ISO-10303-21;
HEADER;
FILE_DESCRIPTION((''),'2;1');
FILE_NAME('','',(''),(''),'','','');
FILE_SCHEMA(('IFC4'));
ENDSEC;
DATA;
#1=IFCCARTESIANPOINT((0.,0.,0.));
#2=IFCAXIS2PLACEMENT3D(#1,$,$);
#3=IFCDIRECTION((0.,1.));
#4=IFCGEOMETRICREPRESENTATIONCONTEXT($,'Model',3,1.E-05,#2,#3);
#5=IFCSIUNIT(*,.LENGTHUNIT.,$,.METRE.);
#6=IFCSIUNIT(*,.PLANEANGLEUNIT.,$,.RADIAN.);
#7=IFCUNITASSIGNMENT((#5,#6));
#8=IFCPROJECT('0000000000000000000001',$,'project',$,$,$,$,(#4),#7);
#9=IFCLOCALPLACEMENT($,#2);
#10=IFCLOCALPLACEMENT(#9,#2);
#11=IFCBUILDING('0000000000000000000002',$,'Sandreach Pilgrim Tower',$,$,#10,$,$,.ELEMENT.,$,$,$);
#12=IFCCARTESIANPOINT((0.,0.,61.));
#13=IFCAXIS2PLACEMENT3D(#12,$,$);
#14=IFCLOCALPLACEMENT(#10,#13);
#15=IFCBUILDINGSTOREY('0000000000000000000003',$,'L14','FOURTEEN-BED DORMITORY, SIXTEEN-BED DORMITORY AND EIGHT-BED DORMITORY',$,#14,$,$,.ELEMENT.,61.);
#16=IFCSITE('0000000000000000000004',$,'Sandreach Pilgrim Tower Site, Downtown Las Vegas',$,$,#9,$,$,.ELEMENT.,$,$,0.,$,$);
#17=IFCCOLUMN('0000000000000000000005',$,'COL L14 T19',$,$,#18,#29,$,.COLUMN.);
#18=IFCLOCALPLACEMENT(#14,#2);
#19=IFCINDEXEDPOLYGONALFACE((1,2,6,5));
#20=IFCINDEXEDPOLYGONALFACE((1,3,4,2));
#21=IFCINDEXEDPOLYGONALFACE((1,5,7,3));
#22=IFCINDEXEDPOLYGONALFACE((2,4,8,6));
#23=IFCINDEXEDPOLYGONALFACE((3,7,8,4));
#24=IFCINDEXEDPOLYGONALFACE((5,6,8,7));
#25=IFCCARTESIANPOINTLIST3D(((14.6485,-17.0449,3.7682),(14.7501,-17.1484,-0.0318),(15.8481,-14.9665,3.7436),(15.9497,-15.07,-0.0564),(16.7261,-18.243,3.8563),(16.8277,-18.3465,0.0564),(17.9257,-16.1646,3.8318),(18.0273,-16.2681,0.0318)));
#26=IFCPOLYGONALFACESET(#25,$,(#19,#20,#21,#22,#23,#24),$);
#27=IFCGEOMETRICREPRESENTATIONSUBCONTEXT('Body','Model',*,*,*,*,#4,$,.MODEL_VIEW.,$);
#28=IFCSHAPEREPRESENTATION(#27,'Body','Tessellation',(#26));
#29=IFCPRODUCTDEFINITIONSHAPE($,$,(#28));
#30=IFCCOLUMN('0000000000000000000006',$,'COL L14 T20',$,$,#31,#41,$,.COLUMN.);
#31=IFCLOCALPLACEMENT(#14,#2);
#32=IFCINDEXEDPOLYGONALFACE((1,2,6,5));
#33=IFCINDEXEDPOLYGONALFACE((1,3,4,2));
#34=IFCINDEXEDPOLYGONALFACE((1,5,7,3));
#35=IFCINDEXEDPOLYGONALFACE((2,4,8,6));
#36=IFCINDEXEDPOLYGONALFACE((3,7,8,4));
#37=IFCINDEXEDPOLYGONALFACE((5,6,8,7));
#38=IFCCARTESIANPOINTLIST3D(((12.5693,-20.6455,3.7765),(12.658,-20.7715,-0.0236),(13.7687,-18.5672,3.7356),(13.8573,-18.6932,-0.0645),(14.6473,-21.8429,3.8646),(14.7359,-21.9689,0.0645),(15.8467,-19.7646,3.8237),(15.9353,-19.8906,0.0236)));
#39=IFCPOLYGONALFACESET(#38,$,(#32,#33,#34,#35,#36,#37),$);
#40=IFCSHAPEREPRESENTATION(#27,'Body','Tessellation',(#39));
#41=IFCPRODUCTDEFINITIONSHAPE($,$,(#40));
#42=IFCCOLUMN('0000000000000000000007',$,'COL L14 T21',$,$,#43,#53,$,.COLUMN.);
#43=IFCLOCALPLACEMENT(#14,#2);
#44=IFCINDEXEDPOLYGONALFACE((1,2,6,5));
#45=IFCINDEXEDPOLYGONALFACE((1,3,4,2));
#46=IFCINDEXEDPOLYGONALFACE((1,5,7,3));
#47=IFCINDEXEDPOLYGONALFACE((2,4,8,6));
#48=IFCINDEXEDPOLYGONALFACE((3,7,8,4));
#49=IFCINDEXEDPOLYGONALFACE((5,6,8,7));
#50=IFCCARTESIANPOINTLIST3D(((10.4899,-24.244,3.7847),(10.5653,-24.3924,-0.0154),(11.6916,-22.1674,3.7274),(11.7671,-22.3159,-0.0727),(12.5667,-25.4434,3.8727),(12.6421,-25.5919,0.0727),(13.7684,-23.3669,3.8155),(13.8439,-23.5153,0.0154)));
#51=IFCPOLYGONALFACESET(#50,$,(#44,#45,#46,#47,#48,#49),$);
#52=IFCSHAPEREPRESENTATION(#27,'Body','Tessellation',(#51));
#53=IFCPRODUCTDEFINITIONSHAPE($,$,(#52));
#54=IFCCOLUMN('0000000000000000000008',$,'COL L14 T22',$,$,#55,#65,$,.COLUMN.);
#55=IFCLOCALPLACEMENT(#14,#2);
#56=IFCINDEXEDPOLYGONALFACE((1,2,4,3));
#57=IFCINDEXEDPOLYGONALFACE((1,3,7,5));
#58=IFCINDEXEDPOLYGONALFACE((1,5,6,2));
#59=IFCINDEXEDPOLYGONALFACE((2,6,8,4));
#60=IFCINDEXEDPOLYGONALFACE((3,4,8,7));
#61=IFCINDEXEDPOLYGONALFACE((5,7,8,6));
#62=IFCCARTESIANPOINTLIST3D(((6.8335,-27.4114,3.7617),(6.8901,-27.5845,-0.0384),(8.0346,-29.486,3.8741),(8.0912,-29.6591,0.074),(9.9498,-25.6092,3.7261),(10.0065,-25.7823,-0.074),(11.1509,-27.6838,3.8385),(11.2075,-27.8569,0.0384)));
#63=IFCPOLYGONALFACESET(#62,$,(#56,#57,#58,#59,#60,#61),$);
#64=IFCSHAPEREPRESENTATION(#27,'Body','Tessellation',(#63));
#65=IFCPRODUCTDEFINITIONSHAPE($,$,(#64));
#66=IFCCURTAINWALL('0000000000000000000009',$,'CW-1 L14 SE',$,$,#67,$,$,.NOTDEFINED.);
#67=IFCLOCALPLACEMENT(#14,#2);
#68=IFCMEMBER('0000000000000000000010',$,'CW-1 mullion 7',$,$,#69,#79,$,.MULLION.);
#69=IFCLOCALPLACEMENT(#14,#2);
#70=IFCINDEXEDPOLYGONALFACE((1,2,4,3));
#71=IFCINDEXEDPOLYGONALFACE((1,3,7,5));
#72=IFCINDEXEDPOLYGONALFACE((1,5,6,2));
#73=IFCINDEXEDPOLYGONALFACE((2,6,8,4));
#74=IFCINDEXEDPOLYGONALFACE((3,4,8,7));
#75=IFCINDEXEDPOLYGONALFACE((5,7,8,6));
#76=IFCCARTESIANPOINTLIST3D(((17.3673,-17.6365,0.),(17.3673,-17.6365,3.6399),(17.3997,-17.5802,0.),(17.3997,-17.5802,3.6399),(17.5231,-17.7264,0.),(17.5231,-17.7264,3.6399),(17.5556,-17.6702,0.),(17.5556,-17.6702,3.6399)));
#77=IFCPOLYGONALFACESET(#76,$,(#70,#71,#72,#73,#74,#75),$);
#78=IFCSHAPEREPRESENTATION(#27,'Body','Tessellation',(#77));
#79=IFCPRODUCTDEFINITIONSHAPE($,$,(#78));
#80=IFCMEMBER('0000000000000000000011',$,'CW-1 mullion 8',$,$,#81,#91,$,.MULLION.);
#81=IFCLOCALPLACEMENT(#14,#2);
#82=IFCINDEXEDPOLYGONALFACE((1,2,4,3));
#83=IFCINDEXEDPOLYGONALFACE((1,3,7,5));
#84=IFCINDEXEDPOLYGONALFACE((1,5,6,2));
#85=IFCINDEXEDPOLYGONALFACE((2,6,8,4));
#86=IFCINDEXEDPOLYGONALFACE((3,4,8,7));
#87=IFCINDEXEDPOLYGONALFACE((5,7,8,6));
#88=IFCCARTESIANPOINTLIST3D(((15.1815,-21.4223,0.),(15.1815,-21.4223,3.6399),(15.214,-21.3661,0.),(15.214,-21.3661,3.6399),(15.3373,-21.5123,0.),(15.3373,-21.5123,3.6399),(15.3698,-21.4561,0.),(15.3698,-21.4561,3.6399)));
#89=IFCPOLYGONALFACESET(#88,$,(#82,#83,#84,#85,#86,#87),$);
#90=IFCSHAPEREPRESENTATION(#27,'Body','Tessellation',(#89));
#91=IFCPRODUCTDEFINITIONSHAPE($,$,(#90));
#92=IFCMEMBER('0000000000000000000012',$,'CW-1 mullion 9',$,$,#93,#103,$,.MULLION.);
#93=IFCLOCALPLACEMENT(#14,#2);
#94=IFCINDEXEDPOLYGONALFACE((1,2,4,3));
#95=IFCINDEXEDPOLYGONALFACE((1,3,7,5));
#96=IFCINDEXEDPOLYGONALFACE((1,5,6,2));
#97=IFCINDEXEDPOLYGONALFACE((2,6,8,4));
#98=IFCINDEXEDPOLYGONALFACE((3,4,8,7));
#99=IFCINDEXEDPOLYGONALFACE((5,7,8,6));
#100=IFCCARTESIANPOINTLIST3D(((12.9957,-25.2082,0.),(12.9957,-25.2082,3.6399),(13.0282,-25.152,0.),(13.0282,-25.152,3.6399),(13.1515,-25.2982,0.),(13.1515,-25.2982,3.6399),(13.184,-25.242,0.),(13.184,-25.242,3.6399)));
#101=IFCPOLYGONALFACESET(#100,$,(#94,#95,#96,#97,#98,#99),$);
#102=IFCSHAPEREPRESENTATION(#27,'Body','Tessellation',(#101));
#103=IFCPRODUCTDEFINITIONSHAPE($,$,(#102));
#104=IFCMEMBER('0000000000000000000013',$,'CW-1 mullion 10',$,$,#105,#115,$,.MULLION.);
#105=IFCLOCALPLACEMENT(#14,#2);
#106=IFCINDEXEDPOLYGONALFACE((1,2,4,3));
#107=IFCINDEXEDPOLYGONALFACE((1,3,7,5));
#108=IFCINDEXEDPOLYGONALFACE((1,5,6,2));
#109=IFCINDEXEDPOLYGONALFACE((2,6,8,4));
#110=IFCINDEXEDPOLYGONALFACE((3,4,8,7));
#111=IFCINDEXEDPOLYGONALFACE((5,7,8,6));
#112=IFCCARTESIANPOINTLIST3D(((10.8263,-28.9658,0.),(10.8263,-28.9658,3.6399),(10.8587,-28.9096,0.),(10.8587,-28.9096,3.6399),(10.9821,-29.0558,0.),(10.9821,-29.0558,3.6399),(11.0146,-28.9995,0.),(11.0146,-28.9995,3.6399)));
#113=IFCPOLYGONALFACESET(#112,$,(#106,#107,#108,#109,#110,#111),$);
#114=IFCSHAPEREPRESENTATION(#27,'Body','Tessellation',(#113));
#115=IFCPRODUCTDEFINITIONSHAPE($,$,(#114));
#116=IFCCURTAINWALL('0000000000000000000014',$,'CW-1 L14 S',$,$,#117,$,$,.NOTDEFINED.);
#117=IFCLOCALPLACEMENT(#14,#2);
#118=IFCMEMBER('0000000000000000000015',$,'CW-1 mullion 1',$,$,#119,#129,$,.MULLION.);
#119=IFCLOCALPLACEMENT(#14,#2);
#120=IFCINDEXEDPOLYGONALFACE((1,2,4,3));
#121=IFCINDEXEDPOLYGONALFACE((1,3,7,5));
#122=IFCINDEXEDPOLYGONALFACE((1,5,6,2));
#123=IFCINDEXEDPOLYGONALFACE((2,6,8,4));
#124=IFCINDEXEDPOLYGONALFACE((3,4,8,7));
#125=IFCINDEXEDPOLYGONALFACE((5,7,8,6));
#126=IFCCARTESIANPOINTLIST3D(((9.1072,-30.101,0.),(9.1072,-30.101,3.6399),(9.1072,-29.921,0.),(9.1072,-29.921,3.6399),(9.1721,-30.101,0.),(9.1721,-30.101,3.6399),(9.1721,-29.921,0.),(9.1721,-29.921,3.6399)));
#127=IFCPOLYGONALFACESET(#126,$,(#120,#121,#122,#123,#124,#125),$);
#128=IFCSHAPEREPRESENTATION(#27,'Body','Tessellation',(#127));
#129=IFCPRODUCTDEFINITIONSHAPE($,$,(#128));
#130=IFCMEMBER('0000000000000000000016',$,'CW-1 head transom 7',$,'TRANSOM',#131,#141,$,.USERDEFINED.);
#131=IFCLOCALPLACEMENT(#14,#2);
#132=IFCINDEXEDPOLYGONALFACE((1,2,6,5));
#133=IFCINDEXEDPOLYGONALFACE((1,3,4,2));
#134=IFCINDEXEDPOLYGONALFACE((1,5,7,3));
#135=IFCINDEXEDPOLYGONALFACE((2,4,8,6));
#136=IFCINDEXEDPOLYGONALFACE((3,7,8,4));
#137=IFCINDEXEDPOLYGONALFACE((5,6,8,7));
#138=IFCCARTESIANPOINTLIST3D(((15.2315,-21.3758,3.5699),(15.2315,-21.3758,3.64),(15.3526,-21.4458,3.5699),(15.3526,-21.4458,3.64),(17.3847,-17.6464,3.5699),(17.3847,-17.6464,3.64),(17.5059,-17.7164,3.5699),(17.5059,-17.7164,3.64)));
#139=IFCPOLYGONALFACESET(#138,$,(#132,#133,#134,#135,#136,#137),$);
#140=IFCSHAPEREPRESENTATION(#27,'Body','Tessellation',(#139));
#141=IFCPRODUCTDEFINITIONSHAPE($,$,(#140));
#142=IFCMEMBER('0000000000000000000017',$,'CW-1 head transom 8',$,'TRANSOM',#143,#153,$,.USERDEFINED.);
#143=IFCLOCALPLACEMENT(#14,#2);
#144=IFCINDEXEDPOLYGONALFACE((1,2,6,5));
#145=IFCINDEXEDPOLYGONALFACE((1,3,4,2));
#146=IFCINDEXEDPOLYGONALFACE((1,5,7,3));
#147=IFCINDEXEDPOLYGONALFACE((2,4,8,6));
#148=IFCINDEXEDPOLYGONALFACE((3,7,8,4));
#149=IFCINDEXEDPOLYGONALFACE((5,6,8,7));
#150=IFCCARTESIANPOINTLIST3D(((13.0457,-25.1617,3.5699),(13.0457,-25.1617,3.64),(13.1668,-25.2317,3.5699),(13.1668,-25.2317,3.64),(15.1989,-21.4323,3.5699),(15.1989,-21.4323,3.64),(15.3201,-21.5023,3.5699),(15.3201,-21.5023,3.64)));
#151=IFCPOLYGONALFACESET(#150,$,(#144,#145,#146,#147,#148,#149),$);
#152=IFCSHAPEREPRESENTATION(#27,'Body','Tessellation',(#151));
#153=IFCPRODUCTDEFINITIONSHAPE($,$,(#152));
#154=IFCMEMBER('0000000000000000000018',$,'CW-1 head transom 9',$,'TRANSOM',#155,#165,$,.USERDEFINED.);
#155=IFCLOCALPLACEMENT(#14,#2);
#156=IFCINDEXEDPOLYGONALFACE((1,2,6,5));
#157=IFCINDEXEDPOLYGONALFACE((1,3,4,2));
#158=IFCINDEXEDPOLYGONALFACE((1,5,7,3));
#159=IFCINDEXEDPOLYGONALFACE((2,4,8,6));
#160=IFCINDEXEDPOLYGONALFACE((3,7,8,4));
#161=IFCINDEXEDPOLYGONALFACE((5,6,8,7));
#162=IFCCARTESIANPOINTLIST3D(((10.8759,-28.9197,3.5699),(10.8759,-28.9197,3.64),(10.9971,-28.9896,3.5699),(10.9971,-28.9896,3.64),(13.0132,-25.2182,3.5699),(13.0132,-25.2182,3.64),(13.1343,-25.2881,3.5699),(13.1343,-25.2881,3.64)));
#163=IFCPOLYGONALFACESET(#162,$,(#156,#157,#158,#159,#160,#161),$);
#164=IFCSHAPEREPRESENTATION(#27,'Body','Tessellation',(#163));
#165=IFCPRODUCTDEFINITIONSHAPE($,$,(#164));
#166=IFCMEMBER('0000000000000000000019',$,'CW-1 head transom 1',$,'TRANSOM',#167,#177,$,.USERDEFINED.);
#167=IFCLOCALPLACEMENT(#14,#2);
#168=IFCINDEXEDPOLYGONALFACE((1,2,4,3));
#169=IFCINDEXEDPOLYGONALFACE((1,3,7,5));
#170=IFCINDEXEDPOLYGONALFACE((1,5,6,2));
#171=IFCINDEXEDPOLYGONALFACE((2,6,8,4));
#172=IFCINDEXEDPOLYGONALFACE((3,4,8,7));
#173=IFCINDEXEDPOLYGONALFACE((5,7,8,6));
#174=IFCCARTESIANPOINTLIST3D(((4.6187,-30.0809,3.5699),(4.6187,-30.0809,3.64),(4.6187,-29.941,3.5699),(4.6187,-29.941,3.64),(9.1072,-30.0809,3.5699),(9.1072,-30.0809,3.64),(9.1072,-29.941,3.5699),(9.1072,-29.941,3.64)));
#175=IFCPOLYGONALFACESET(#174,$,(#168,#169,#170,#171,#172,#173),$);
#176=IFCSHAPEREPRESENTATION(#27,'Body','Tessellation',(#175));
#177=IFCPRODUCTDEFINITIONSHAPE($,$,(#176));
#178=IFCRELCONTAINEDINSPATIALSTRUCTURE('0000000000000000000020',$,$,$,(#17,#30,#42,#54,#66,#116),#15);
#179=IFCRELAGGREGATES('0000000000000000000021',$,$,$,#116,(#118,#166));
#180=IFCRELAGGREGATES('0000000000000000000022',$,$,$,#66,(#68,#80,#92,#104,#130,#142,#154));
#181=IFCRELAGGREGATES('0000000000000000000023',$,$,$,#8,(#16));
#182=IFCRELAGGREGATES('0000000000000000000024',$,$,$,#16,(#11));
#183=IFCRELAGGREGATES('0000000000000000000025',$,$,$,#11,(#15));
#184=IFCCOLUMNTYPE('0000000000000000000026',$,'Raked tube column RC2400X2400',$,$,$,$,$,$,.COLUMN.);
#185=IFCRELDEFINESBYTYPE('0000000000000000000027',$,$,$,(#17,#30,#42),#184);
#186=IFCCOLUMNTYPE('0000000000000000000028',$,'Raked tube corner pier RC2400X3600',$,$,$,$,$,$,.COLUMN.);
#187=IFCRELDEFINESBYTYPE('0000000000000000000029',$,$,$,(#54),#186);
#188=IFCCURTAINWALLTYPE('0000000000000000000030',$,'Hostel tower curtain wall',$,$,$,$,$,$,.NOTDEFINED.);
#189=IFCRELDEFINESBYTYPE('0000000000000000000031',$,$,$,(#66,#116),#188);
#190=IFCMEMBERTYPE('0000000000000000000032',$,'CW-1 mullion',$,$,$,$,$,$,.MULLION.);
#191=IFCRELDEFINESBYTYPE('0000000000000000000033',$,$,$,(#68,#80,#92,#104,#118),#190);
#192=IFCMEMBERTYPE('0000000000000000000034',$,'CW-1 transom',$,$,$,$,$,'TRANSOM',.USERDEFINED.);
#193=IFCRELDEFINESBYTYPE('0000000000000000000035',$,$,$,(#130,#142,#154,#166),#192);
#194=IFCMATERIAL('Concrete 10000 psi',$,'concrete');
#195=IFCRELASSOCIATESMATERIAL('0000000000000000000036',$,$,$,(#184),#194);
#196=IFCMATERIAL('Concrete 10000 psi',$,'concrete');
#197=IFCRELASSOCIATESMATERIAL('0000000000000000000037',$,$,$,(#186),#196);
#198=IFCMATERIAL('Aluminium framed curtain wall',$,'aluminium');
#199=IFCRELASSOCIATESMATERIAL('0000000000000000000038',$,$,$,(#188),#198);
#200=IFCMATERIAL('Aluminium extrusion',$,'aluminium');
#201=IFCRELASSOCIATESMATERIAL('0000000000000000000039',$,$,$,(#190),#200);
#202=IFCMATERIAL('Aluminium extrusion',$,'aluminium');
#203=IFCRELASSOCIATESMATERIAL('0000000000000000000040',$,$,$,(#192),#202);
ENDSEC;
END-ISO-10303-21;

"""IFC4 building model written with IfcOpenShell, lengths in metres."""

from ifc_helpers import new_model, si_unit, direction, frame, origin, origin_2d, place, context, subcontext, project, spatial, rectangle, extrude, material, material_profile, profile_set, type_object, element, aggregate, save


model = new_model("IFC4")

# Units and contexts
model_context = context("Model", 3, precision=1e-05, world=origin(), true_north=direction((0.0, 1.0)))
body_context = subcontext(model_context, "Body", "Model", "MODEL_VIEW")
ifc_project = project(units=[si_unit("LENGTHUNIT", "METRE"), si_unit("PLANEANGLEUNIT", "RADIAN")], contexts=[model_context])

# Site, building, storey
site_placement = place(None, origin())
site = spatial("IfcSite", under=ifc_project, at=site_placement, Name="Sandreach Pilgrim Tower Site, Downtown Las Vegas", CompositionType="ELEMENT", RefElevation=0.0)
building_placement = place(site_placement, origin())
building = spatial("IfcBuilding", under=site, at=building_placement, Name="Sandreach Pilgrim Tower", CompositionType="ELEMENT")
storey_placement = place(building_placement, frame((0.0, 0.0, 61.0)))
storey = spatial("IfcBuildingStorey", under=building, at=storey_placement, Name="L14", Description="FOURTEEN-BED DORMITORY, SIXTEEN-BED DORMITORY AND EIGHT-BED DORMITORY", CompositionType="ELEMENT", Elevation=61.0)

# Columns
ifc_material_1 = material(Name="Concrete 10000 psi", Category="concrete")
ifc_material_profile_1 = material_profile(ifc_material_1, rectangle(XDim=2.3999, YDim=2.3999, at=origin_2d()), Name="RC2400X2400")
ifc_profile_set_1 = profile_set([ifc_material_profile_1], Name="Concrete 10000 psi")
column_type_1 = type_object("IfcColumnType", Name="Raked tube column RC2400X2400", PredefinedType="COLUMN", material=ifc_profile_set_1)
column_1_placement = place(storey_placement, frame((16.3887, -16.7083, 0.0), z_axis=(-0.026707, 0.027221, 0.999273), x_axis=(0.865695, -0.499221, 0.036736)))
element("IfcColumn", 1, at=column_1_placement, inside=storey, type_object=column_type_1, Name="COL L14 T19", PredefinedType="COLUMN", context=body_context, shape_type="SweptSolid", body=[
    extrude(rectangle(XDim=2.3999, YDim=2.3999, at=origin_2d()), origin(), (0.0, 0.0, 1.0), 3.8027),
])
column_2_placement = place(storey_placement, frame((14.2966, -20.3311, 0.0), z_axis=(-0.023302, 0.033124, 0.99918), x_axis=(0.865854, -0.498947, 0.036734)))
element("IfcColumn", 2, at=column_2_placement, inside=storey, type_object=column_type_1, Name="COL L14 T20", PredefinedType="COLUMN", context=body_context, shape_type="SweptSolid", body=[
    extrude(rectangle(XDim=2.3999, YDim=2.3999, at=origin_2d()), origin(), (0.0, 0.0, 1.0), 3.8032),
])
column_3_placement = place(storey_placement, frame((12.2046, -23.9539, 0.0), z_axis=(-0.019833, 0.039025, 0.999041), x_axis=(0.865371, -0.499786, 0.036702)))
element("IfcColumn", 3, at=column_3_placement, inside=storey, type_object=column_type_1, Name="COL L14 T21", PredefinedType="COLUMN", context=body_context, shape_type="SweptSolid", body=[
    extrude(rectangle(XDim=2.3999, YDim=2.3999, at=origin_2d()), origin(), (0.0, 0.0, 1.0), 3.8037),
])
ifc_material_2 = material(Name="Concrete 10000 psi", Category="concrete")
ifc_material_profile_2 = material_profile(ifc_material_2, rectangle(XDim=2.3999, YDim=3.6001, at=origin_2d()), Name="RC2400X3600")
ifc_profile_set_2 = profile_set([ifc_material_profile_2], Name="Concrete 10000 psi")
column_type_2 = type_object("IfcColumnType", Name="Raked tube corner pier RC2400X3600", PredefinedType="COLUMN", material=ifc_profile_set_2)
column_4_placement = place(storey_placement, frame((9.0488, -27.7207, 0.0), z_axis=(-0.014888, 0.045499, 0.998853), x_axis=(0.500473, -0.864484, 0.046838)))
element("IfcColumn", 4, at=column_4_placement, inside=storey, type_object=column_type_2, Name="COL L14 T22", PredefinedType="COLUMN", context=body_context, shape_type="SweptSolid", body=[
    extrude(rectangle(XDim=2.3999, YDim=3.6001, at=origin_2d()), origin(), (0.0, 0.0, 1.0), 3.8044),
])

# Curtain wall, members
ifc_material_3 = material(Name="Aluminium framed curtain wall", Category="aluminium")
curtain_wall_type = type_object("IfcCurtainWallType", Name="Hostel tower curtain wall", PredefinedType="NOTDEFINED", material=ifc_material_3)
curtain_wall_1_placement = place(storey_placement, origin())
curtain_wall_1 = element("IfcCurtainWall", 5, at=curtain_wall_1_placement, inside=storey, type_object=curtain_wall_type, Name="CW-1 L14 SE", PredefinedType="NOTDEFINED")
ifc_material_4 = material(Name="Aluminium extrusion", Category="aluminium")
ifc_material_profile_3 = material_profile(ifc_material_4, rectangle(XDim=0.0649, YDim=0.1799, at=origin_2d()), Name="CW-1M 65X180")
ifc_profile_set_3 = profile_set([ifc_material_profile_3], Name="Aluminium extrusion")
member_type_1 = type_object("IfcMemberType", Name="CW-1 mullion", PredefinedType="MULLION", material=ifc_profile_set_3)
member_1_placement = place(storey_placement, frame((17.4614, -17.6533, 0.0), z_axis=(0.0, 0.0, 1.0), x_axis=(-0.5, -0.866025, 0.0)))
member_1 = element("IfcMember", 6, at=member_1_placement, type_object=member_type_1, Name="CW-1 mullion 7", PredefinedType="MULLION", context=body_context, shape_type="SweptSolid", body=[
    extrude(rectangle(XDim=0.0649, YDim=0.1799, at=origin_2d()), origin(), (0.0, 0.0, 1.0), 3.6399),
])
member_2_placement = place(storey_placement, frame((15.2756, -21.4392, 0.0), z_axis=(0.0, 0.0, 1.0), x_axis=(-0.5, -0.866025, 0.0)))
member_2 = element("IfcMember", 7, at=member_2_placement, type_object=member_type_1, Name="CW-1 mullion 8", PredefinedType="MULLION", context=body_context, shape_type="SweptSolid", body=[
    extrude(rectangle(XDim=0.0649, YDim=0.1799, at=origin_2d()), origin(), (0.0, 0.0, 1.0), 3.6399),
])
member_3_placement = place(storey_placement, frame((13.0898, -25.2251, 0.0), z_axis=(0.0, 0.0, 1.0), x_axis=(-0.5, -0.866025, 0.0)))
member_3 = element("IfcMember", 8, at=member_3_placement, type_object=member_type_1, Name="CW-1 mullion 9", PredefinedType="MULLION", context=body_context, shape_type="SweptSolid", body=[
    extrude(rectangle(XDim=0.0649, YDim=0.1799, at=origin_2d()), origin(), (0.0, 0.0, 1.0), 3.6399),
])
member_4_placement = place(storey_placement, frame((10.9204, -28.9827, 0.0), z_axis=(0.0, 0.0, 1.0), x_axis=(-0.5, -0.866025, 0.0)))
member_4 = element("IfcMember", 9, at=member_4_placement, type_object=member_type_1, Name="CW-1 mullion 10", PredefinedType="MULLION", context=body_context, shape_type="SweptSolid", body=[
    extrude(rectangle(XDim=0.0649, YDim=0.1799, at=origin_2d()), origin(), (0.0, 0.0, 1.0), 3.6399),
])

# Curtain wall, member
curtain_wall_2_placement = place(storey_placement, origin())
curtain_wall_2 = element("IfcCurtainWall", 10, at=curtain_wall_2_placement, inside=storey, type_object=curtain_wall_type, Name="CW-1 L14 S", PredefinedType="NOTDEFINED")
member_5_placement = place(storey_placement, frame((9.1396, -30.011, 0.0), z_axis=(0.0, 0.0, 1.0), x_axis=(-1.0, 0.0, 0.0)))
member_5 = element("IfcMember", 11, at=member_5_placement, type_object=member_type_1, Name="CW-1 mullion 1", PredefinedType="MULLION", context=body_context, shape_type="SweptSolid", body=[
    extrude(rectangle(XDim=0.0649, YDim=0.1799, at=origin_2d()), origin(), (0.0, 0.0, 1.0), 3.6399),
])

# Members
ifc_material_5 = material(Name="Aluminium extrusion", Category="aluminium")
ifc_material_profile_4 = material_profile(ifc_material_5, rectangle(XDim=0.1399, YDim=0.0701, at=origin_2d()), Name="CW-1T 140X70")
ifc_profile_set_4 = profile_set([ifc_material_profile_4], Name="Aluminium extrusion")
member_type_2 = type_object("IfcMemberType", Name="CW-1 transom", ElementType="TRANSOM", PredefinedType="USERDEFINED", material=ifc_profile_set_4)
member_6_placement = place(storey_placement, frame((17.4453, -17.6814, 3.605), z_axis=(-0.500017, -0.866016, 0.0), x_axis=(0.866016, -0.500017, 0.0)))
member_6 = element("IfcMember", 12, at=member_6_placement, type_object=member_type_2, Name="CW-1 head transom 7", ObjectType="TRANSOM", PredefinedType="USERDEFINED", context=body_context, shape_type="SweptSolid", body=[
    extrude(rectangle(XDim=0.1399, YDim=0.0701, at=origin_2d()), origin(), (0.0, 0.0, 1.0), 4.3064),
])
member_7_placement = place(storey_placement, frame((15.2595, -21.4673, 3.605), z_axis=(-0.500017, -0.866016, 0.0), x_axis=(0.866016, -0.500017, 0.0)))
member_7 = element("IfcMember", 13, at=member_7_placement, type_object=member_type_2, Name="CW-1 head transom 8", ObjectType="TRANSOM", PredefinedType="USERDEFINED", context=body_context, shape_type="SweptSolid", body=[
    extrude(rectangle(XDim=0.1399, YDim=0.0701, at=origin_2d()), origin(), (0.0, 0.0, 1.0), 4.3064),
])
member_8_placement = place(storey_placement, frame((13.0737, -25.2532, 3.605), z_axis=(-0.500034, -0.866006, 0.0), x_axis=(0.866006, -0.500034, 0.0)))
member_8 = element("IfcMember", 14, at=member_8_placement, type_object=member_type_2, Name="CW-1 head transom 9", ObjectType="TRANSOM", PredefinedType="USERDEFINED", context=body_context, shape_type="SweptSolid", body=[
    extrude(rectangle(XDim=0.1399, YDim=0.0701, at=origin_2d()), origin(), (0.0, 0.0, 1.0), 4.2742),
])
member_9_placement = place(storey_placement, frame((9.1072, -30.011, 3.605), z_axis=(-1.0, 0.0, 0.0), x_axis=(0.0, -1.0, 0.0)))
member_9 = element("IfcMember", 15, at=member_9_placement, type_object=member_type_2, Name="CW-1 head transom 1", ObjectType="TRANSOM", PredefinedType="USERDEFINED", context=body_context, shape_type="SweptSolid", body=[
    extrude(rectangle(XDim=0.1399, YDim=0.0701, at=origin_2d()), origin(), (0.0, 0.0, 1.0), 4.4885),
])
aggregate(curtain_wall_2, [member_5, member_9])

aggregate(curtain_wall_1, [member_1, member_2, member_3, member_4, member_6, member_7, member_8])

save(model, "model.ifc")
